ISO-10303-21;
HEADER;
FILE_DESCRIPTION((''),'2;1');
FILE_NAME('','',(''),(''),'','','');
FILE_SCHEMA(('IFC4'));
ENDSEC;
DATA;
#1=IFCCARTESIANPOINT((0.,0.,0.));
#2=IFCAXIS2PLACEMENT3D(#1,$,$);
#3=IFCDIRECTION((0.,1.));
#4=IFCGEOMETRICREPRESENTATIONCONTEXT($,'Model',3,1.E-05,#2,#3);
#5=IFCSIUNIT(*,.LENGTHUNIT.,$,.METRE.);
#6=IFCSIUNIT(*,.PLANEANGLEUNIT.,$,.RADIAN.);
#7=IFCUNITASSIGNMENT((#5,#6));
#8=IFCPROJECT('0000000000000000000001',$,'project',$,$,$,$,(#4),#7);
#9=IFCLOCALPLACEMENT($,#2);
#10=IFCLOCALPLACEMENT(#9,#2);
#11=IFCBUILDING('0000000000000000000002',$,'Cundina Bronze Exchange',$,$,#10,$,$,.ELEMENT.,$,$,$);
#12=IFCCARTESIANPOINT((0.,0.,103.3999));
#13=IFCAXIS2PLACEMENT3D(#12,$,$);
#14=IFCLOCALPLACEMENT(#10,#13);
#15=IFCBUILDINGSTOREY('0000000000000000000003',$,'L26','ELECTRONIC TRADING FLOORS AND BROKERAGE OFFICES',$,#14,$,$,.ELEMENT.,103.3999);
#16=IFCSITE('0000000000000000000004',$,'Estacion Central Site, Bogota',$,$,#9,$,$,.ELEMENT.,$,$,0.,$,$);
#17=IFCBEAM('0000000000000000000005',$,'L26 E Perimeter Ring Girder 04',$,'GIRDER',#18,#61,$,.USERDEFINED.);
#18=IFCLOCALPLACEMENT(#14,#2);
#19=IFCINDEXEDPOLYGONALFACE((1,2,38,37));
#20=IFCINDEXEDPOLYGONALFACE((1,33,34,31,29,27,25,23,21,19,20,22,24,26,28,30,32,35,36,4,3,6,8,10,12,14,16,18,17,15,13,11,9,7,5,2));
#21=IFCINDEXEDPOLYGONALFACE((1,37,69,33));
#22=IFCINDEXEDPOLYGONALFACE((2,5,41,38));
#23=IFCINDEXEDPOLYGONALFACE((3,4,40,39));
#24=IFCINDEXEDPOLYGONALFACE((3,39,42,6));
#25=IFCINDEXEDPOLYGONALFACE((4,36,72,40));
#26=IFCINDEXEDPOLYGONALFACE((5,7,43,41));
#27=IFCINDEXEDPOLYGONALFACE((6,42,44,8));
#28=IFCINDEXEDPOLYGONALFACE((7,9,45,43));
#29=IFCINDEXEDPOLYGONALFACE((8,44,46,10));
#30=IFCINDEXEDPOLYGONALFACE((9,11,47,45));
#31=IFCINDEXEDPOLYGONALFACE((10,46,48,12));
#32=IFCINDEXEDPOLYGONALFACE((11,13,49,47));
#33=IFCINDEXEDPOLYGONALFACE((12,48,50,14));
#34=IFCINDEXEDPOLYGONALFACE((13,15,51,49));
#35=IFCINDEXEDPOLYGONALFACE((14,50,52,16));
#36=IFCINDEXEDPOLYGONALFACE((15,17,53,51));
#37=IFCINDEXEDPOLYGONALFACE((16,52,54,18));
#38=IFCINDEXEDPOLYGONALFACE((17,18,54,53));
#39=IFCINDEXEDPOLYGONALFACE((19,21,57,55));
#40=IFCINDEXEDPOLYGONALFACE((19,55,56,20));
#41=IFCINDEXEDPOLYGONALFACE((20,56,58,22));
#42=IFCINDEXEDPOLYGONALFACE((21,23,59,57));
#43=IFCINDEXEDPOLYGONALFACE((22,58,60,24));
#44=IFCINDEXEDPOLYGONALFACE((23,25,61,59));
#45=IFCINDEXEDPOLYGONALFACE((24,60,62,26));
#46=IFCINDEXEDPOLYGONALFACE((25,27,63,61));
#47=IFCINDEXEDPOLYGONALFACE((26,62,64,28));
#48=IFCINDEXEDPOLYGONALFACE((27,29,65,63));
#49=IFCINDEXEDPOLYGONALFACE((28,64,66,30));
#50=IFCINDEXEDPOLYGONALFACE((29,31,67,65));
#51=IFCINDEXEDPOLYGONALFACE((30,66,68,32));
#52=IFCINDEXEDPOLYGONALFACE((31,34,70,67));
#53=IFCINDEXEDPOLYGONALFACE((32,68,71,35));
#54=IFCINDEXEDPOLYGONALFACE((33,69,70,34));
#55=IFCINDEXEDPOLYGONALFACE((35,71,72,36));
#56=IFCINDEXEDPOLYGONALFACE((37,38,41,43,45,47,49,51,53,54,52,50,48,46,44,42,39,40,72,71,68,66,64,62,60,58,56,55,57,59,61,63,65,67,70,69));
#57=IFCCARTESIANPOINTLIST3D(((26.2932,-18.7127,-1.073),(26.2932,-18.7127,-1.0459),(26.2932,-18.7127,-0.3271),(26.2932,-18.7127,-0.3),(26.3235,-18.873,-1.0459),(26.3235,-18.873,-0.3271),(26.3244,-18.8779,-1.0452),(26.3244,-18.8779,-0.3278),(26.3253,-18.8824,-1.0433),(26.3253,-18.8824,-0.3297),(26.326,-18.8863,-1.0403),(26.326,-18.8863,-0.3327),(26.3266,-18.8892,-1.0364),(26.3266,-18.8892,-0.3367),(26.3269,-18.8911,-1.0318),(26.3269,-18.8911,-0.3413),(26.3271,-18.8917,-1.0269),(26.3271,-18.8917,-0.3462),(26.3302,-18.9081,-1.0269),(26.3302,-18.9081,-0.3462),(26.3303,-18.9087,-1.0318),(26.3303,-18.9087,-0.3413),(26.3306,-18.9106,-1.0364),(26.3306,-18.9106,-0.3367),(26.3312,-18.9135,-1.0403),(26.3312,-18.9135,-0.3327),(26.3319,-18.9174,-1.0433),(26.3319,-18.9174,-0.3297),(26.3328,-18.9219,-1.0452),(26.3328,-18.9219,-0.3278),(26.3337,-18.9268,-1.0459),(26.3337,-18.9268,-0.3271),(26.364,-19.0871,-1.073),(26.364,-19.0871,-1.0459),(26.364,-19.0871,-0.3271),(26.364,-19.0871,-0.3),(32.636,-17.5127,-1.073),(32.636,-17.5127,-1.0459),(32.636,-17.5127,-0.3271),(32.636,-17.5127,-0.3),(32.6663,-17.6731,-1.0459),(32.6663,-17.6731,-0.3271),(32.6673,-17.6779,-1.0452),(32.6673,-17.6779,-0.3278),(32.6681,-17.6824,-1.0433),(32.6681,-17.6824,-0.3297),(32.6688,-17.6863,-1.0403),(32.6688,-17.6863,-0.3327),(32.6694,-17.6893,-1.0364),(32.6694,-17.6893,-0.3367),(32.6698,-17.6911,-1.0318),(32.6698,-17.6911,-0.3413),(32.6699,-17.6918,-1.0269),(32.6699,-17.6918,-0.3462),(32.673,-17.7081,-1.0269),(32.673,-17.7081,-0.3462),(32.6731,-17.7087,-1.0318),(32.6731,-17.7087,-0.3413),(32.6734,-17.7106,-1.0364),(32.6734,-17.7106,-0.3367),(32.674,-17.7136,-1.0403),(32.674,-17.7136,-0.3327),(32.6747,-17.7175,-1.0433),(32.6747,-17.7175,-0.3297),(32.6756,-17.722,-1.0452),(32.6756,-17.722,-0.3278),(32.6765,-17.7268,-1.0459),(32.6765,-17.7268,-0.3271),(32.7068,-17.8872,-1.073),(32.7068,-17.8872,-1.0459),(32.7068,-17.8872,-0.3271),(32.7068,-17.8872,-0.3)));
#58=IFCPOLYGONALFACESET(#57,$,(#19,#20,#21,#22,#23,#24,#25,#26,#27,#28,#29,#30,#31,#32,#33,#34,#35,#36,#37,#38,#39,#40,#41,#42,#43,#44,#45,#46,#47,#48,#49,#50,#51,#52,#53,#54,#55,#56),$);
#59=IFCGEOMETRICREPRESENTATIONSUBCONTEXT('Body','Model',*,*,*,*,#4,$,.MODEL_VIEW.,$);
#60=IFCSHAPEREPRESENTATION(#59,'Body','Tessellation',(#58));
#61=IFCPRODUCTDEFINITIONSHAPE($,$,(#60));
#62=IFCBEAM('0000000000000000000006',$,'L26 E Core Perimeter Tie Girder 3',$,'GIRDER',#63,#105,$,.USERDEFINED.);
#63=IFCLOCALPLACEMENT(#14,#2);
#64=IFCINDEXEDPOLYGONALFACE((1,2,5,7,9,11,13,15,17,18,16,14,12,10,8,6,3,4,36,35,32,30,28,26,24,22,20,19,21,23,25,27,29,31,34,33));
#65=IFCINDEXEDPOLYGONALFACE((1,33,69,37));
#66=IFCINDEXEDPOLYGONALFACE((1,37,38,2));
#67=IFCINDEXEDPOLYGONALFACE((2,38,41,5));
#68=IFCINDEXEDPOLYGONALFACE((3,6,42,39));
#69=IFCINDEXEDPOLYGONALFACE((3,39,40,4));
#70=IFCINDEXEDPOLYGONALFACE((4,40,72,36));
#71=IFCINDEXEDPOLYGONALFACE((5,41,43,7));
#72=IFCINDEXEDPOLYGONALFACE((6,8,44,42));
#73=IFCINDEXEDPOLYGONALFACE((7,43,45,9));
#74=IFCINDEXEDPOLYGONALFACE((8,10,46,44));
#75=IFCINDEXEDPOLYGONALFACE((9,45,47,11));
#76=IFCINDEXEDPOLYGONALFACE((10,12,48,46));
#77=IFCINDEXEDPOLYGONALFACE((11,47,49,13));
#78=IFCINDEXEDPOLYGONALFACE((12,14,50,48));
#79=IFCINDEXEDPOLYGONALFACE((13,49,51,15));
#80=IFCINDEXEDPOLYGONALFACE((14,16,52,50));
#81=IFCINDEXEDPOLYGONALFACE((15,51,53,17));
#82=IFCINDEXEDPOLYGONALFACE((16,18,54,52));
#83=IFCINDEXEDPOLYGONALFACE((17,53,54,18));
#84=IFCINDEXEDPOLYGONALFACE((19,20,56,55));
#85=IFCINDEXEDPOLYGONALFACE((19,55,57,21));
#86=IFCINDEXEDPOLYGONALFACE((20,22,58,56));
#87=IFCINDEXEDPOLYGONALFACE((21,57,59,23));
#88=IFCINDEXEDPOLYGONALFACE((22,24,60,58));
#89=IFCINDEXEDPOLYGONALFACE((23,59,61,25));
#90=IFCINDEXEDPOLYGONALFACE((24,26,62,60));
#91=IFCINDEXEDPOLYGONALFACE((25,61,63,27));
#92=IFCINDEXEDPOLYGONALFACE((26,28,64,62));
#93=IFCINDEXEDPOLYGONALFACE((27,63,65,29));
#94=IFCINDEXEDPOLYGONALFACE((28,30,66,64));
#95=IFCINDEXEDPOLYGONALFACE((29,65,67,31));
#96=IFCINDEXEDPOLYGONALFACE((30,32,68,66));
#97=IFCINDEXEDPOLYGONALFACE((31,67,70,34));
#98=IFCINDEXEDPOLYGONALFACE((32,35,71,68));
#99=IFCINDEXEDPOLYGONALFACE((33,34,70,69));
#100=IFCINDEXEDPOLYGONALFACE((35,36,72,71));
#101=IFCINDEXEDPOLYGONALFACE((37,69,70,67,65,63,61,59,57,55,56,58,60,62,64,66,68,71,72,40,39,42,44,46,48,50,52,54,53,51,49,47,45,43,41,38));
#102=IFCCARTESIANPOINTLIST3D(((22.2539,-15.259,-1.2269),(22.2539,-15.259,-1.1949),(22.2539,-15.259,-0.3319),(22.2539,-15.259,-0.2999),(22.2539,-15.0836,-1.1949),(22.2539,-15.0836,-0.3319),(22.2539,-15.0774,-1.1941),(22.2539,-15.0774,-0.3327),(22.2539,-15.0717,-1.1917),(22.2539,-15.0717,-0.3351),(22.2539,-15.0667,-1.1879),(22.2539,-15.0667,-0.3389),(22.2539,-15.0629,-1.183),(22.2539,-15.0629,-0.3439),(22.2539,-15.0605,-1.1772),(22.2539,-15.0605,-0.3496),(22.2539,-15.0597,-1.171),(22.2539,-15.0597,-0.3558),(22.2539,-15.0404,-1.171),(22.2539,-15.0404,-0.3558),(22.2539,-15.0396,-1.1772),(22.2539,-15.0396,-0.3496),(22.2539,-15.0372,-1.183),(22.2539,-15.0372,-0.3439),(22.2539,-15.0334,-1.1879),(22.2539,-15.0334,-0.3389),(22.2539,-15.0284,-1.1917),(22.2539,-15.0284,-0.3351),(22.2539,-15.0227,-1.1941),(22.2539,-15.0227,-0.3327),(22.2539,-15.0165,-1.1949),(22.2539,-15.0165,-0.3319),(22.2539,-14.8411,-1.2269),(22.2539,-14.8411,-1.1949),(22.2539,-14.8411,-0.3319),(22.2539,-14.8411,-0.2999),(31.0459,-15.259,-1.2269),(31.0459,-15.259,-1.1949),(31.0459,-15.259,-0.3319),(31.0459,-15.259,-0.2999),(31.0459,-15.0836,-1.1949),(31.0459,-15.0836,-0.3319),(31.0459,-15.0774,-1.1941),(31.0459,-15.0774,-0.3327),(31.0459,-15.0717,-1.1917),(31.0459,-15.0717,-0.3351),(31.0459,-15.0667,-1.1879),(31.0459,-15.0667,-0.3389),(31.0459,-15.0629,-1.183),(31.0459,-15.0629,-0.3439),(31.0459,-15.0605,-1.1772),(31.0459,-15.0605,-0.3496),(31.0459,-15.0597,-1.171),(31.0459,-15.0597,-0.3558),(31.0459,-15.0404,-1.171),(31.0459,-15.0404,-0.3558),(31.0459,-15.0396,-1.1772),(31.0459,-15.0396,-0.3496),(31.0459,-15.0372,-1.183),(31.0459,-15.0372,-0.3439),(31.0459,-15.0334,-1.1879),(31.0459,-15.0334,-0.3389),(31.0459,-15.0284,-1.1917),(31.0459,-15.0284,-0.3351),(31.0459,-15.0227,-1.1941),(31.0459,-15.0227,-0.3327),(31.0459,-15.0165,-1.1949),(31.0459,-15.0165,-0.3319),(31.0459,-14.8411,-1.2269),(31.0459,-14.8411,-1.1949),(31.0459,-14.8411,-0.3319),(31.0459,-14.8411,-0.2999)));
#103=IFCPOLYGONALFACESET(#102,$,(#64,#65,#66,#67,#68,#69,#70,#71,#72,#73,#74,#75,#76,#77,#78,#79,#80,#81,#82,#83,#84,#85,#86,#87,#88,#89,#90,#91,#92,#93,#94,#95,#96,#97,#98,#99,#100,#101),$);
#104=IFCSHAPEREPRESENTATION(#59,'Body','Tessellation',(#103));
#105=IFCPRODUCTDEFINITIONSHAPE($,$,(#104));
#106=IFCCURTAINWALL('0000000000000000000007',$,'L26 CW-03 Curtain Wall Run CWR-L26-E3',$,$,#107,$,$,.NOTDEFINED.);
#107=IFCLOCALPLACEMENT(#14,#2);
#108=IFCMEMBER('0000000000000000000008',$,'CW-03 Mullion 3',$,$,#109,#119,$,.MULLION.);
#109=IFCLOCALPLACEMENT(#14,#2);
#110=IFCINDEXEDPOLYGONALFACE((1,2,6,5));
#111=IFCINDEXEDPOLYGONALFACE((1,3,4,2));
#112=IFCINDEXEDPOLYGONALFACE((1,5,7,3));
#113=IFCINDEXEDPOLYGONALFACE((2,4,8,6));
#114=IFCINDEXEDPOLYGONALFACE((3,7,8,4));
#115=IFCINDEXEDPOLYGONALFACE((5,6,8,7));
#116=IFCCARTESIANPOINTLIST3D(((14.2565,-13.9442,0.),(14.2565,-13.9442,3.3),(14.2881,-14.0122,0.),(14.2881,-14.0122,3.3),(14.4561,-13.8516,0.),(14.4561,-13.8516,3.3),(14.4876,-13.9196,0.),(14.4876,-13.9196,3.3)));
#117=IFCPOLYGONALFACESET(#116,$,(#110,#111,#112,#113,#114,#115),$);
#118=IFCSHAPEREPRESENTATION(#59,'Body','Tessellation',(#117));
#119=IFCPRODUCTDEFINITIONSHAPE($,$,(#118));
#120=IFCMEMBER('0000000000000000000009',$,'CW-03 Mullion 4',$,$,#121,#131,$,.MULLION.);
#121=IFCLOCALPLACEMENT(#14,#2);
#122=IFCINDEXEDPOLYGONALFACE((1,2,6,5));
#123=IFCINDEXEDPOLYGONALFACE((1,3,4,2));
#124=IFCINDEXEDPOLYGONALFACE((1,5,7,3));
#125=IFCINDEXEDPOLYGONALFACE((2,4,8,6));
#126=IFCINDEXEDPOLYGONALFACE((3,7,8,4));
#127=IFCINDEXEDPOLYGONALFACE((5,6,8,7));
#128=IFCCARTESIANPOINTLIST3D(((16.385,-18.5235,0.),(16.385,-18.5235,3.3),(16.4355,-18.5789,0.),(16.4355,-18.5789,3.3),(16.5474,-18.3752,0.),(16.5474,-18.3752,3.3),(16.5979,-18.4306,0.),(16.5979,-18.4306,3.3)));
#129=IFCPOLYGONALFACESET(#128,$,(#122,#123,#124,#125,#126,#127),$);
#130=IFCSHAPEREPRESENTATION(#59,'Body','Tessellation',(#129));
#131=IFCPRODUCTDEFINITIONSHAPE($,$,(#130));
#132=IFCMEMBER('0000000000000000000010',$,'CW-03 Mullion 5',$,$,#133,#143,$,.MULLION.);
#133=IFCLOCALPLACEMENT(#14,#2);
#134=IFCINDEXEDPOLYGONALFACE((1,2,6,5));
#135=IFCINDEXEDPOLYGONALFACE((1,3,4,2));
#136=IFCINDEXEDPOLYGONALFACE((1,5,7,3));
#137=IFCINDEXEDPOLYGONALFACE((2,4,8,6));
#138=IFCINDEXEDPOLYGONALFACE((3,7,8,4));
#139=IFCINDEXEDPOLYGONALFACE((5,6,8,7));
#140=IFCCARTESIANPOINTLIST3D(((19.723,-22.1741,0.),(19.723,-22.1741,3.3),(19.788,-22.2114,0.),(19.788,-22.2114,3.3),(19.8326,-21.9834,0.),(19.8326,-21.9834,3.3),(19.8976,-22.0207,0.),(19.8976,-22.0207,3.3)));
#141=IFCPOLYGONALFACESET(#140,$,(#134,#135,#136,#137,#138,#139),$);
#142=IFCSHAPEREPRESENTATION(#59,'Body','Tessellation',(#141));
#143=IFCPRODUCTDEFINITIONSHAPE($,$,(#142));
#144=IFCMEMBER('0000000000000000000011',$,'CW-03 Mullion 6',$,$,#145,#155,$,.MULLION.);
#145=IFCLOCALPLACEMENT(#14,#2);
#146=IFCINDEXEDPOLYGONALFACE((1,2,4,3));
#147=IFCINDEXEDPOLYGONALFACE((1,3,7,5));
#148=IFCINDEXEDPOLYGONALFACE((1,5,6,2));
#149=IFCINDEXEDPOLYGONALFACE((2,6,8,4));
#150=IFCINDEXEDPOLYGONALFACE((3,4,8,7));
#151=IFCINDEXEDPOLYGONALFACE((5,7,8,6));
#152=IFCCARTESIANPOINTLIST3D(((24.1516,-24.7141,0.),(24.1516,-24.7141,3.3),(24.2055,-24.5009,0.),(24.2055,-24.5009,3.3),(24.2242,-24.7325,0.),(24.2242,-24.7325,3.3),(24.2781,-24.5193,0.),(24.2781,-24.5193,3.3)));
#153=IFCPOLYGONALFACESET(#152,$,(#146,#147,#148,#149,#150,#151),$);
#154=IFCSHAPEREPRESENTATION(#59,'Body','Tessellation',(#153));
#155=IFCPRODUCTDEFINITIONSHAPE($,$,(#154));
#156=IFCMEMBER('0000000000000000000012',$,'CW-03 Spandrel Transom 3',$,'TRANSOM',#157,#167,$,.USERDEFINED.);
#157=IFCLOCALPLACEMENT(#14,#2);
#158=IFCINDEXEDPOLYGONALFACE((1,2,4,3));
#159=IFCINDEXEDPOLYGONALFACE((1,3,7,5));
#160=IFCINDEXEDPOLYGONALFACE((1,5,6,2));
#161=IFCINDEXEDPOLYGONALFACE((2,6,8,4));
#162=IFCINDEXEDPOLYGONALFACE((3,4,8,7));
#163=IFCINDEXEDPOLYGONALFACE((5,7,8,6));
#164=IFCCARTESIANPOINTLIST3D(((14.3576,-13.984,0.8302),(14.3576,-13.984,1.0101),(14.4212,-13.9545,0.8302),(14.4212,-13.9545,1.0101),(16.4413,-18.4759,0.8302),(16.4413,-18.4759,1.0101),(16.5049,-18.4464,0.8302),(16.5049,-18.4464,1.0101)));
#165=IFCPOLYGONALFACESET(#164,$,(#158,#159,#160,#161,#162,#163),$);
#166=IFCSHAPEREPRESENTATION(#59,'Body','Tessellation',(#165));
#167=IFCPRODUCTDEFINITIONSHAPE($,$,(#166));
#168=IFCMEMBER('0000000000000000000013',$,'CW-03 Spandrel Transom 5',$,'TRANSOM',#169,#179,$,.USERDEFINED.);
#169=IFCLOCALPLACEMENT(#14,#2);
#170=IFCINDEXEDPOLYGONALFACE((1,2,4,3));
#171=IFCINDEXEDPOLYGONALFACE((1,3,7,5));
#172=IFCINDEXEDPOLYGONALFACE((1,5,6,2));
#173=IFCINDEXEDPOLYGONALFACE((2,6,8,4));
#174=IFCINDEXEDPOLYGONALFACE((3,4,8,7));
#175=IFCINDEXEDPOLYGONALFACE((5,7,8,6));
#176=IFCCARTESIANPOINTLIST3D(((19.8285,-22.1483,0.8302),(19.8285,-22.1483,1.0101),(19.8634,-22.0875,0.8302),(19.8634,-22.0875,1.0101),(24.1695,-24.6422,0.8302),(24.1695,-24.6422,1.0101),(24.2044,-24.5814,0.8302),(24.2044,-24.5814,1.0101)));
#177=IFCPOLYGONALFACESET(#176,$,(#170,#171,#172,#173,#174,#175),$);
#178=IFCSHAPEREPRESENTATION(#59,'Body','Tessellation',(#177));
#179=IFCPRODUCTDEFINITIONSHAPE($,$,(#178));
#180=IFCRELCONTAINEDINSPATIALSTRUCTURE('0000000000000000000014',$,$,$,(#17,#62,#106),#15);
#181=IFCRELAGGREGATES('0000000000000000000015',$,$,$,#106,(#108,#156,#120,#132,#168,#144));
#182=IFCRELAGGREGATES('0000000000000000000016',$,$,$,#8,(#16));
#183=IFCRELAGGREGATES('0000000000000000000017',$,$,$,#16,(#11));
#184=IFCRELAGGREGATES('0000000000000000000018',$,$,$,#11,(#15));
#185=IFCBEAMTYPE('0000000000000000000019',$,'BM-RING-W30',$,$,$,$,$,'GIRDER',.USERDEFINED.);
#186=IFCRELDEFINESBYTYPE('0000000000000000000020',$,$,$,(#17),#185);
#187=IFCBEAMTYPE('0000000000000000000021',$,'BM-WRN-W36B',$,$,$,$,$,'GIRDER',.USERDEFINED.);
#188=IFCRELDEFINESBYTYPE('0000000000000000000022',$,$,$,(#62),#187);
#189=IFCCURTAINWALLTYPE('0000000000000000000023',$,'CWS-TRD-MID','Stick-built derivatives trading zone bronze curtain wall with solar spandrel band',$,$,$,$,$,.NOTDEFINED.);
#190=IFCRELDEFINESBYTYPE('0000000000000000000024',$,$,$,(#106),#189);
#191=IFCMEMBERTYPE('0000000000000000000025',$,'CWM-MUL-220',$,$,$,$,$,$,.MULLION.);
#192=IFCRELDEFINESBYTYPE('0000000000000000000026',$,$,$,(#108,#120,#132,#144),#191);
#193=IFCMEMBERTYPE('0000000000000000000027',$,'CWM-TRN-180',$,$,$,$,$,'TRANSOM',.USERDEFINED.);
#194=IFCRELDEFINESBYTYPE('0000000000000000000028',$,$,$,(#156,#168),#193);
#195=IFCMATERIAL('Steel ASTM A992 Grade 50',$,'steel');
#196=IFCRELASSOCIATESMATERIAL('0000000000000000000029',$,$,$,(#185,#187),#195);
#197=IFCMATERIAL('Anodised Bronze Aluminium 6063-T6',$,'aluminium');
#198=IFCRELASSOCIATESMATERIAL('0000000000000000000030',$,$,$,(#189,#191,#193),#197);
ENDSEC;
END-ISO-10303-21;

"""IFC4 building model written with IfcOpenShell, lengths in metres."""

from ifc_helpers import new_model, si_unit, direction, frame, origin, origin_2d, place, context, subcontext, project, spatial, rectangle, i_section, extrude, material, material_profile, profile_set, type_object, element, aggregate, save


model = new_model("IFC4")

# Units and contexts
model_context = context("Model", 3, precision=1e-05, world=origin(), true_north=direction((0.0, 1.0)))
body_context = subcontext(model_context, "Body", "Model", "MODEL_VIEW")
ifc_project = project(units=[si_unit("LENGTHUNIT", "METRE"), si_unit("PLANEANGLEUNIT", "RADIAN")], contexts=[model_context])

# Site, building, storey
site_placement = place(None, origin())
site = spatial("IfcSite", under=ifc_project, at=site_placement, Name="Estacion Central Site, Bogota", CompositionType="ELEMENT", RefElevation=0.0)
building_placement = place(site_placement, origin())
building = spatial("IfcBuilding", under=site, at=building_placement, Name="Cundina Bronze Exchange", CompositionType="ELEMENT")
storey_placement = place(building_placement, frame((0.0, 0.0, 103.3999)))
storey = spatial("IfcBuildingStorey", under=building, at=storey_placement, Name="L26", Description="ELECTRONIC TRADING FLOORS AND BROKERAGE OFFICES", CompositionType="ELEMENT", Elevation=103.3999)

# Shared definitions
ifc_material_1 = material(Name="Steel ASTM A992 Grade 50", Category="steel")

# Beams
ifc_material_profile_1 = material_profile(ifc_material_1, i_section(OverallWidth=0.3811, OverallDepth=0.7729, WebThickness=0.0166, FlangeThickness=0.0271, FilletRadius=0.019, at=origin_2d()), Name="W30X173", Category="steel")
ifc_profile_set_1 = profile_set([ifc_material_profile_1], Name="Steel ASTM A992 Grade 50")
beam_type_1 = type_object("IfcBeamType", Name="BM-RING-W30", ElementType="GIRDER", PredefinedType="USERDEFINED", material=ifc_profile_set_1)
beam_1_placement = place(storey_placement, frame((26.3286, -18.8999, -0.6865), z_axis=(0.982571, 0.185887, 0.0), x_axis=(-0.185887, 0.982571, 0.0)))
element("IfcBeam", 1, at=beam_1_placement, inside=storey, type_object=beam_type_1, Name="L26 E Perimeter Ring Girder 04", ObjectType="GIRDER", PredefinedType="USERDEFINED", context=body_context, shape_type="SweptSolid", body=[
    extrude(i_section(OverallWidth=0.3811, OverallDepth=0.7729, WebThickness=0.0166, FlangeThickness=0.0271, FilletRadius=0.019, at=origin_2d()), origin(), (0.0, 0.0, 1.0), 6.4553),
])
ifc_material_profile_2 = material_profile(ifc_material_1, i_section(OverallWidth=0.418, OverallDepth=0.927, WebThickness=0.0193, FlangeThickness=0.032, FilletRadius=0.0239, at=origin_2d()), Name="W36X231", Category="steel")
ifc_profile_set_2 = profile_set([ifc_material_profile_2], Name="Steel ASTM A992 Grade 50")
beam_type_2 = type_object("IfcBeamType", Name="BM-WRN-W36B", ElementType="GIRDER", PredefinedType="USERDEFINED", material=ifc_profile_set_2)
beam_2_placement = place(storey_placement, frame((22.2539, -15.05, -0.7634), z_axis=(1.0, 0.0, 0.0), x_axis=(0.0, 1.0, 0.0)))
element("IfcBeam", 2, at=beam_2_placement, inside=storey, type_object=beam_type_2, Name="L26 E Core Perimeter Tie Girder 3", ObjectType="GIRDER", PredefinedType="USERDEFINED", context=body_context, shape_type="SweptSolid", body=[
    extrude(i_section(OverallWidth=0.418, OverallDepth=0.927, WebThickness=0.0193, FlangeThickness=0.032, FilletRadius=0.0239, at=origin_2d()), origin(), (0.0, 0.0, 1.0), 8.792),
])

# Curtain wall, members
ifc_material_2 = material(Name="Anodised Bronze Aluminium 6063-T6", Category="aluminium")
curtain_wall_type = type_object("IfcCurtainWallType", Name="CWS-TRD-MID", Description="Stick-built derivatives trading zone bronze curtain wall with solar spandrel band", PredefinedType="NOTDEFINED", material=ifc_material_2)
curtain_wall_placement = place(storey_placement, origin())
curtain_wall = element("IfcCurtainWall", 3, at=curtain_wall_placement, inside=storey, type_object=curtain_wall_type, Name="L26 CW-03 Curtain Wall Run CWR-L26-E3", PredefinedType="NOTDEFINED")
ifc_material_profile_3 = material_profile(ifc_material_2, rectangle(XDim=0.075, YDim=0.22, at=origin_2d()), Name="AL75X220", Category="aluminium")
ifc_profile_set_3 = profile_set([ifc_material_profile_3], Name="Anodised Bronze Aluminium 6063-T6")
member_type_1 = type_object("IfcMemberType", Name="CWM-MUL-220", PredefinedType="MULLION", material=ifc_profile_set_3)
member_1_placement = place(storey_placement, frame((14.3721, -13.9319, 0.0), z_axis=(0.0, 0.0, 1.0), x_axis=(0.420877, -0.907117, 0.0)))
member_1 = element("IfcMember", 4, at=member_1_placement, type_object=member_type_1, Name="CW-03 Mullion 3", PredefinedType="MULLION", context=body_context, shape_type="SweptSolid", body=[
    extrude(rectangle(XDim=0.075, YDim=0.22, at=origin_2d()), origin(), (0.0, 0.0, 1.0), 3.3),
])
member_2_placement = place(storey_placement, frame((16.4915, -18.4771, 0.0), z_axis=(0.0, 0.0, 1.0), x_axis=(0.674302, -0.738455, 0.0)))
member_2 = element("IfcMember", 5, at=member_2_placement, type_object=member_type_1, Name="CW-03 Mullion 4", PredefinedType="MULLION", context=body_context, shape_type="SweptSolid", body=[
    extrude(rectangle(XDim=0.075, YDim=0.22, at=origin_2d()), origin(), (0.0, 0.0, 1.0), 3.3),
])
member_3_placement = place(storey_placement, frame((19.8103, -22.0974, 0.0), z_axis=(0.0, 0.0, 1.0), x_axis=(0.867071, -0.498185, 0.0)))
member_3 = element("IfcMember", 6, at=member_3_placement, type_object=member_type_1, Name="CW-03 Mullion 5", PredefinedType="MULLION", context=body_context, shape_type="SweptSolid", body=[
    extrude(rectangle(XDim=0.075, YDim=0.22, at=origin_2d()), origin(), (0.0, 0.0, 1.0), 3.3),
])
member_4_placement = place(storey_placement, frame((24.2148, -24.6167, 0.0), z_axis=(0.0, 0.0, 1.0), x_axis=(0.969488, -0.245138, 0.0)))
member_4 = element("IfcMember", 7, at=member_4_placement, type_object=member_type_1, Name="CW-03 Mullion 6", PredefinedType="MULLION", context=body_context, shape_type="SweptSolid", body=[
    extrude(rectangle(XDim=0.075, YDim=0.22, at=origin_2d()), origin(), (0.0, 0.0, 1.0), 3.3),
])
ifc_material_profile_4 = material_profile(ifc_material_2, rectangle(XDim=0.0701, YDim=0.1799, at=origin_2d()), Name="AL70X180", Category="aluminium")
ifc_profile_set_4 = profile_set([ifc_material_profile_4], Name="Anodised Bronze Aluminium 6063-T6")
member_type_2 = type_object("IfcMemberType", Name="CWM-TRN-180", ElementType="TRANSOM", PredefinedType="USERDEFINED", material=ifc_profile_set_4)
member_5_placement = place(storey_placement, frame((14.3894, -13.9692, 0.9202), z_axis=(0.420811, -0.907148, 0.0), x_axis=(0.907148, 0.420811, 0.0)))
member_5 = element("IfcMember", 8, at=member_5_placement, type_object=member_type_2, Name="CW-03 Spandrel Transom 3", ObjectType="TRANSOM", PredefinedType="USERDEFINED", context=body_context, shape_type="SweptSolid", body=[
    extrude(rectangle(XDim=0.0701, YDim=0.1799, at=origin_2d()), origin(), (0.0, 0.0, 1.0), 4.9517),
])
member_6_placement = place(storey_placement, frame((19.8459, -22.1179, 0.9202), z_axis=(0.867097, -0.498139, 0.0), x_axis=(0.498139, 0.867097, 0.0)))
member_6 = element("IfcMember", 9, at=member_6_placement, type_object=member_type_2, Name="CW-03 Spandrel Transom 5", ObjectType="TRANSOM", PredefinedType="USERDEFINED", context=body_context, shape_type="SweptSolid", body=[
    extrude(rectangle(XDim=0.0701, YDim=0.1799, at=origin_2d()), origin(), (0.0, 0.0, 1.0), 5.0063),
])
aggregate(curtain_wall, [member_1, member_5, member_2, member_3, member_6, member_4])

save(model, "model.ifc")
